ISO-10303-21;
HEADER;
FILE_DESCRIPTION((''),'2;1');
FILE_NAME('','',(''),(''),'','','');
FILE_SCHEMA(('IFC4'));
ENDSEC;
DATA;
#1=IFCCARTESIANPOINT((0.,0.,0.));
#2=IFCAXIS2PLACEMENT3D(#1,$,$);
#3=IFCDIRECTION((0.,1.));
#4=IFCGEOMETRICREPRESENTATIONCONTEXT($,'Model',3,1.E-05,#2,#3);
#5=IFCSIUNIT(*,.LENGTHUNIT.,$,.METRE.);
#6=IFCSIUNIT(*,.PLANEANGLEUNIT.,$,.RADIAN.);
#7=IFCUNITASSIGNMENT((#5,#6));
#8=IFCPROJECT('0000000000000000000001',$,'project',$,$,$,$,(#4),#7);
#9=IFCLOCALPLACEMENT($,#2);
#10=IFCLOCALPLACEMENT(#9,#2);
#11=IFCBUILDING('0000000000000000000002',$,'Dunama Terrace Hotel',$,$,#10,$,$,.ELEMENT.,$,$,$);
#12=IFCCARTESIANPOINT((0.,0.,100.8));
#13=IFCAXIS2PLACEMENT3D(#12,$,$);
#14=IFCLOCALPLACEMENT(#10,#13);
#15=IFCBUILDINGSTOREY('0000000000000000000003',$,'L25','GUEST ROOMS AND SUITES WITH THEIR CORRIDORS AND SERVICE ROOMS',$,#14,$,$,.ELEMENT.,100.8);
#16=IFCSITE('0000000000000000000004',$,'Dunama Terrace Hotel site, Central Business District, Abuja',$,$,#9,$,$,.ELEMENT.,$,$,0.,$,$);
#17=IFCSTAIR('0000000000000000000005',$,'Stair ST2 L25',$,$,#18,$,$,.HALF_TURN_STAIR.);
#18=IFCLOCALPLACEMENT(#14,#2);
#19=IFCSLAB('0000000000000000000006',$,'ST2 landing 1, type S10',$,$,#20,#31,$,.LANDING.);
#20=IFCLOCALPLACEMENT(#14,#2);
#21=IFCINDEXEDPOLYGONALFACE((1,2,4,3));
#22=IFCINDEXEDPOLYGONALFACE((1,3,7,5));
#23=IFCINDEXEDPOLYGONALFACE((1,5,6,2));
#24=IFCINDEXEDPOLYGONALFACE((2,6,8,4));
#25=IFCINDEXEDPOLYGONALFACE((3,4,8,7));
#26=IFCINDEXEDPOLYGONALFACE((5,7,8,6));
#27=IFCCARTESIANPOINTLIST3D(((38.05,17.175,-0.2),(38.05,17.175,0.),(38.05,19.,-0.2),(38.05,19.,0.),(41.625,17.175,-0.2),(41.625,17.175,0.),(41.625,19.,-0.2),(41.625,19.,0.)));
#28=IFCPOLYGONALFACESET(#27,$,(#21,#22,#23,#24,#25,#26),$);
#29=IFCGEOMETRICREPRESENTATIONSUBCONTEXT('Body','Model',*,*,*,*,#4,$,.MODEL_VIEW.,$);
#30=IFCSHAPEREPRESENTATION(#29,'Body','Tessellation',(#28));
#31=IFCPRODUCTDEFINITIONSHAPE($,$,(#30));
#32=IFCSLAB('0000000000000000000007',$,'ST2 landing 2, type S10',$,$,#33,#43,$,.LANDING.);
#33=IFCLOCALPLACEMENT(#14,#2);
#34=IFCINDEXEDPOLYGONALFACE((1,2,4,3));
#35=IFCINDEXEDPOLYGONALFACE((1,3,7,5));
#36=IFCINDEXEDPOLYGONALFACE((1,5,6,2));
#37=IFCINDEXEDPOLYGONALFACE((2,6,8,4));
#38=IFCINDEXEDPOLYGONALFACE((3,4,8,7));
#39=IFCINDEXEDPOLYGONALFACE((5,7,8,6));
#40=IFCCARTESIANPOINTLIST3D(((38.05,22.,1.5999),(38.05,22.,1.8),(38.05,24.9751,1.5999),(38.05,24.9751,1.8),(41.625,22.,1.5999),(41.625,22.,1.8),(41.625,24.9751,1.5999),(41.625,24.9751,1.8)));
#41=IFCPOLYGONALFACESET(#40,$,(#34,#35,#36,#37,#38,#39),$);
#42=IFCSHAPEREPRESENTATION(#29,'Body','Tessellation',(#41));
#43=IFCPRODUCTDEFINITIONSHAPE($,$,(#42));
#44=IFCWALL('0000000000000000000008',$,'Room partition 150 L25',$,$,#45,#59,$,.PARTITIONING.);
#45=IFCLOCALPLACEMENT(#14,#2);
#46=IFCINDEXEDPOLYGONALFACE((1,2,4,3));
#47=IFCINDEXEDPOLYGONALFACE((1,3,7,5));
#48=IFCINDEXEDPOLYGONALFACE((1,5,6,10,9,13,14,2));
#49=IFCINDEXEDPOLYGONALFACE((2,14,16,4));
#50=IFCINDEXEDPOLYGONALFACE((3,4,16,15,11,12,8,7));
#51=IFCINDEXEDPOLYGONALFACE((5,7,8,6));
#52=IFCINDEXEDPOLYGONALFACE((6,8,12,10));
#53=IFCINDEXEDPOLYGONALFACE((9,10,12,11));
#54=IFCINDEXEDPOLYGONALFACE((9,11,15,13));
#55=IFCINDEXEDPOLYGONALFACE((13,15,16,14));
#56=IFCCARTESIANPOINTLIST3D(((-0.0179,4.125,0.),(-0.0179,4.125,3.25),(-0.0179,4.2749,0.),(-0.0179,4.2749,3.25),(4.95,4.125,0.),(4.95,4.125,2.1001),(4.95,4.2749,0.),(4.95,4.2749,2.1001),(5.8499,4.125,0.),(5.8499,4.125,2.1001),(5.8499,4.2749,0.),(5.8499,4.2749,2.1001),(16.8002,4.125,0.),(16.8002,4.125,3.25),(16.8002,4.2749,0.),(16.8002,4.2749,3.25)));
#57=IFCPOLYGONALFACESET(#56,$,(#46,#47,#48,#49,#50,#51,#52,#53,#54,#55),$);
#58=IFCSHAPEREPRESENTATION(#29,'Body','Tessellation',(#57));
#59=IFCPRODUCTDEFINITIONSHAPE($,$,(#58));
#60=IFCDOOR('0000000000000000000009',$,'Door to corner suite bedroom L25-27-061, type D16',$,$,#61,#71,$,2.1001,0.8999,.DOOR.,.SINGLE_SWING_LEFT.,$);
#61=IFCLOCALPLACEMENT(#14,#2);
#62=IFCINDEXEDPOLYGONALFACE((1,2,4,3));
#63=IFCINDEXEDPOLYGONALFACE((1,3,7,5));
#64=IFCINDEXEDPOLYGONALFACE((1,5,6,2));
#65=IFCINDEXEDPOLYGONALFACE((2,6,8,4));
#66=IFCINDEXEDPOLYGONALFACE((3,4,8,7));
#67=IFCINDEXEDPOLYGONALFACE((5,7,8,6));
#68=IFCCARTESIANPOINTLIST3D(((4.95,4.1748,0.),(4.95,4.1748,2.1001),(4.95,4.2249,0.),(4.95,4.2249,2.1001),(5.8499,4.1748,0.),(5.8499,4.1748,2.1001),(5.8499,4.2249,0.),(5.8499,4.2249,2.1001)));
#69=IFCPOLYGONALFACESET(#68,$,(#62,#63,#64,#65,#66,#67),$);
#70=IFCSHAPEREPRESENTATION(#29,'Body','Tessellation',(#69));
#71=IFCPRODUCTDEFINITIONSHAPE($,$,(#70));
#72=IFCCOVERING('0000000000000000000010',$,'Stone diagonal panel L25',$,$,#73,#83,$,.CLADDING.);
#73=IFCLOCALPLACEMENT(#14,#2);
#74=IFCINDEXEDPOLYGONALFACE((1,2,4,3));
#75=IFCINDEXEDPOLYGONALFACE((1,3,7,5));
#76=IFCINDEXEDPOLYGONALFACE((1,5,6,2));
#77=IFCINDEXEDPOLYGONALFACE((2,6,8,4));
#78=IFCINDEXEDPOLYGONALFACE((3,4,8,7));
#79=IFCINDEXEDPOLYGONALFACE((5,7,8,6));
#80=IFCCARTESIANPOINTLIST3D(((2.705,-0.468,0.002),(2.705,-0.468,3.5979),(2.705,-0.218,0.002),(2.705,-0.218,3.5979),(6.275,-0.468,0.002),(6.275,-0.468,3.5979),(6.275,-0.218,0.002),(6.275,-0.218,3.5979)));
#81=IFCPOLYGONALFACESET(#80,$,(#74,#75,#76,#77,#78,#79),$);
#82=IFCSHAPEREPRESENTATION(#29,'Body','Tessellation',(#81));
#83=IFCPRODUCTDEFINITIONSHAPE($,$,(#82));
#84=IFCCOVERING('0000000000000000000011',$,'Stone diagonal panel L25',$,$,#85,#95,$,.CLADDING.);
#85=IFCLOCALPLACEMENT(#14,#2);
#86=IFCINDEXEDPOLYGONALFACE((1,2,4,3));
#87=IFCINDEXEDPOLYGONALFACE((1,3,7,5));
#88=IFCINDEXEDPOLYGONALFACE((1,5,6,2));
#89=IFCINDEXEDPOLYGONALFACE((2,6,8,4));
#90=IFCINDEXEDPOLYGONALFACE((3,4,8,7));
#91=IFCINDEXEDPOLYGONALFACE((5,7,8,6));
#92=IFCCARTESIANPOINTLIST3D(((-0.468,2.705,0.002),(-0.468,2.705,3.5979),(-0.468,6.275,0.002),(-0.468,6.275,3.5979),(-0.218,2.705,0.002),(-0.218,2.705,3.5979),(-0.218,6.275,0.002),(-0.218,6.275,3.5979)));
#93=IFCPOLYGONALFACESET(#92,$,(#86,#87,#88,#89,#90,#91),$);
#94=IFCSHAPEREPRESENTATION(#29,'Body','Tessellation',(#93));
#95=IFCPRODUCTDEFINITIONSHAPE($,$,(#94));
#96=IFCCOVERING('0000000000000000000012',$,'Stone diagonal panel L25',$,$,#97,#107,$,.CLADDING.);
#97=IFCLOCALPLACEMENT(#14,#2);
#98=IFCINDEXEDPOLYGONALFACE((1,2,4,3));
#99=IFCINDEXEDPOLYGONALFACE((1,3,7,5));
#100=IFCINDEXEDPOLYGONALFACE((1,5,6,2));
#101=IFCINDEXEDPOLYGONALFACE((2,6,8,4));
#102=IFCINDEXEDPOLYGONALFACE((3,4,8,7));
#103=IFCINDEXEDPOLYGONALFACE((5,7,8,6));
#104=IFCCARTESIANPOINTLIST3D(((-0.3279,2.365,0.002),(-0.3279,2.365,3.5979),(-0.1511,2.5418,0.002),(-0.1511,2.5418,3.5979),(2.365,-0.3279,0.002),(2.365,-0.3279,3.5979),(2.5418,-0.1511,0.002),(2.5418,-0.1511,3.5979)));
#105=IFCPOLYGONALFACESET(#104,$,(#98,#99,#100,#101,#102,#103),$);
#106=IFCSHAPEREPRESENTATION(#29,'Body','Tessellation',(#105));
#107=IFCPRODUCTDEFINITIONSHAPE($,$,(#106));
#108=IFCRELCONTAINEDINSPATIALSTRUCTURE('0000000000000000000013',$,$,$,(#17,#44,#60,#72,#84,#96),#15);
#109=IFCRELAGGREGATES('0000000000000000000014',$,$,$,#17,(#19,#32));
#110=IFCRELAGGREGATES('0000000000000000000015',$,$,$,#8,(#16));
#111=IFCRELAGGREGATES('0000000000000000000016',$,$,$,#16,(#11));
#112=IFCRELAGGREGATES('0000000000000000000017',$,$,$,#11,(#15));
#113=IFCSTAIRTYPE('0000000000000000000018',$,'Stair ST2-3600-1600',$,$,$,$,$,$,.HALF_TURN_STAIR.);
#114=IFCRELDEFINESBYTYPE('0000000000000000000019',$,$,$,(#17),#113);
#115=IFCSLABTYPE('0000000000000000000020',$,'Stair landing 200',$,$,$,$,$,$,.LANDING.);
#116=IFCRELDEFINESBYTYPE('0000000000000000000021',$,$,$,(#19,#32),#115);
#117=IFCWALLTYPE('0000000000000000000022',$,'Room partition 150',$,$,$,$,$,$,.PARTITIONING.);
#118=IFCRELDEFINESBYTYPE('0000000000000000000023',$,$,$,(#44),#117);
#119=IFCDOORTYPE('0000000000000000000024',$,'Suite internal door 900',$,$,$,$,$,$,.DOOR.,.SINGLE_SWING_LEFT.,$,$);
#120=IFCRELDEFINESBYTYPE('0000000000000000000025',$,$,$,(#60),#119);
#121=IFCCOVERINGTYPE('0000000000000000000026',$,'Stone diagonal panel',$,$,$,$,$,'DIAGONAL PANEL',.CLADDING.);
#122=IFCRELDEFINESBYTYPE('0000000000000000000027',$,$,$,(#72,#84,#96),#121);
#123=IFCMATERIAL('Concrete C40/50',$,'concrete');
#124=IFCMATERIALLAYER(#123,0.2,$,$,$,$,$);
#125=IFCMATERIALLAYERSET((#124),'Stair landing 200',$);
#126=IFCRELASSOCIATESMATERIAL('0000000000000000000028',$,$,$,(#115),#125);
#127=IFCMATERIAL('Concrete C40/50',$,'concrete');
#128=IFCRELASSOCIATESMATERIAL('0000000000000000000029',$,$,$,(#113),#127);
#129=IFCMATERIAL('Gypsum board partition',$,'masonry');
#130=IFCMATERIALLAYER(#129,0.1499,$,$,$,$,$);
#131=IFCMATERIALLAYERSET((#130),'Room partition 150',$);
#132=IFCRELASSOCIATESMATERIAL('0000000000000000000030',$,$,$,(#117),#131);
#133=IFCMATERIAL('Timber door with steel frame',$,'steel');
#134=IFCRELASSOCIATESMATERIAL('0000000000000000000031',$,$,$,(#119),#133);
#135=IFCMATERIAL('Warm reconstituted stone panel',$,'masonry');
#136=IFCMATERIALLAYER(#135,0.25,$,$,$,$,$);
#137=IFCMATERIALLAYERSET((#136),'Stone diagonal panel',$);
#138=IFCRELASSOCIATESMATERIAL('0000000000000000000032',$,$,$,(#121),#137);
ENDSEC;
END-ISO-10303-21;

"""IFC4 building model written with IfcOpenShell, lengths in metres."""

from ifc_helpers import new_model, si_unit, direction, frame, frame_2d, origin, origin_2d, place, context, subcontext, project, spatial, polyline, rectangle, outline, extrude, material, layer, layer_set, type_object, element, fill, aggregate, save


model = new_model("IFC4")

# Units and contexts
model_context = context("Model", 3, precision=1e-05, world=origin(), true_north=direction((0.0, 1.0)))
body_context = subcontext(model_context, "Body", "Model", "MODEL_VIEW")
ifc_project = project(units=[si_unit("LENGTHUNIT", "METRE"), si_unit("PLANEANGLEUNIT", "RADIAN")], contexts=[model_context])

# Site, building, storey
site_placement = place(None, origin())
site = spatial("IfcSite", under=ifc_project, at=site_placement, Name="Dunama Terrace Hotel site, Central Business District, Abuja", CompositionType="ELEMENT", RefElevation=0.0)
building_placement = place(site_placement, origin())
building = spatial("IfcBuilding", under=site, at=building_placement, Name="Dunama Terrace Hotel", CompositionType="ELEMENT")
storey_placement = place(building_placement, frame((0.0, 0.0, 100.8)))
storey = spatial("IfcBuildingStorey", under=building, at=storey_placement, Name="L25", Description="GUEST ROOMS AND SUITES WITH THEIR CORRIDORS AND SERVICE ROOMS", CompositionType="ELEMENT", Elevation=100.8)

# Stair, slabs
ifc_material_1 = material(Name="Concrete C40/50", Category="concrete")
ifc_layer_1 = layer(ifc_material_1, 0.2)
ifc_layer_set_1 = layer_set([ifc_layer_1], Name="Stair landing 200")
slab_type_1 = type_object("IfcSlabType", Name="Stair landing 200", PredefinedType="LANDING", material=ifc_layer_set_1)
ifc_material_2 = material(Name="Concrete C40/50", Category="concrete")
stair_type_1 = type_object("IfcStairType", Name="Stair ST2-3600-1600", PredefinedType="HALF_TURN_STAIR", material=ifc_material_2)
stair_1_placement = place(storey_placement, origin())
stair_1 = element("IfcStair", 1, at=stair_1_placement, inside=storey, type_object=stair_type_1, Name="Stair ST2 L25", PredefinedType="HALF_TURN_STAIR")
slab_1_placement = place(storey_placement, frame((0.0, 0.0, -0.2)))
slab_1 = element("IfcSlab", 2, at=slab_1_placement, type_object=slab_type_1, Name="ST2 landing 1, type S10", PredefinedType="LANDING", context=body_context, shape_type="SweptSolid", body=[
    extrude(outline(polyline([(38.05, 17.175), (41.625, 17.175), (41.625, 19.0), (38.05, 19.0), (38.05, 17.175)])), origin(), (0.0, 0.0, 1.0), 0.2),
])
slab_2_placement = place(storey_placement, frame((0.0, 0.0, 1.5999)))
slab_2 = element("IfcSlab", 3, at=slab_2_placement, type_object=slab_type_1, Name="ST2 landing 2, type S10", PredefinedType="LANDING", context=body_context, shape_type="SweptSolid", body=[
    extrude(outline(polyline([(38.05, 22.0), (41.625, 22.0), (41.625, 24.9751), (38.05, 24.9751), (38.05, 22.0)])), origin(), (0.0, 0.0, 1.0), 0.2002),
])
aggregate(stair_1, [slab_1, slab_2])

# Wall, opening, door
ifc_material_3 = material(Name="Gypsum board partition", Category="masonry")
ifc_layer_2 = layer(ifc_material_3, 0.1499)
ifc_layer_set_2 = layer_set([ifc_layer_2], Name="Room partition 150")
wall_type = type_object("IfcWallType", Name="Room partition 150", PredefinedType="PARTITIONING", material=ifc_layer_set_2)
wall_placement = place(storey_placement, frame((-0.0181, 4.2, 0.0), z_axis=(0.0, 0.0, 1.0), x_axis=(1.0, 0.0, 0.0)))
wall = element("IfcWall", 4, at=wall_placement, inside=storey, type_object=wall_type, Name="Room partition 150 L25", PredefinedType="PARTITIONING", context=body_context, shape_type="SweptSolid", body=[
    extrude(rectangle(XDim=16.8181, YDim=0.1499, at=frame_2d((8.4092, 0.0))), origin(), (0.0, 0.0, 1.0), 3.25),
])
opening_placement = place(wall_placement, frame((4.968, 0.0, 0.0)))
opening = element("IfcOpeningElement", 5, at=opening_placement, cuts=wall, PredefinedType="OPENING", context=body_context, shape_type="SweptSolid", body=[
    extrude(rectangle(XDim=0.8999, YDim=2.1001, at=frame_2d((0.45, 1.05))), frame((0.0, 0.085, 0.0), z_axis=(0.0, -1.0, 0.0), x_axis=(1.0, 0.0, 0.0)), (0.0, 0.0, 1.0), 0.1699),
])
ifc_material_4 = material(Name="Timber door with steel frame", Category="steel")
door_type = type_object("IfcDoorType", Name="Suite internal door 900", OperationType="SINGLE_SWING_LEFT", PredefinedType="DOOR", material=ifc_material_4)
door_placement = place(opening_placement, frame((0.8999, 0.0, 0.0), z_axis=(0.0, 0.0, 1.0), x_axis=(-1.0, 0.0, 0.0)))
door = element("IfcDoor", 6, at=door_placement, inside=storey, type_object=door_type, Name="Door to corner suite bedroom L25-27-061, type D16", OperationType="SINGLE_SWING_LEFT", OverallHeight=2.1001, OverallWidth=0.8999, PredefinedType="DOOR", context=body_context, shape_type="SweptSolid", body=[
    extrude(rectangle(XDim=0.8999, YDim=2.1001, at=frame_2d((0.45, 1.05))), frame((0.0, 0.0251, 0.0), z_axis=(0.0, -1.0, 0.0), x_axis=(1.0, 0.0, 0.0)), (0.0, 0.0, 1.0), 0.05),
])
fill(opening, door)

# Coverings
ifc_material_5 = material(Name="Warm reconstituted stone panel", Category="masonry")
ifc_layer_3 = layer(ifc_material_5, 0.25)
ifc_layer_set_3 = layer_set([ifc_layer_3], Name="Stone diagonal panel")
covering_type = type_object("IfcCoveringType", Name="Stone diagonal panel", ElementType="DIAGONAL PANEL", PredefinedType="CLADDING", material=ifc_layer_set_3)
for number, where, z_axis, x_axis, name in (
    (7, (4.49, -0.343, 0.002), (0.0, 0.0, 1.0), (1.0, 0.0, 0.0), "Stone diagonal panel L25"),
    (8, (-0.343, 4.49, 0.002), (0.0, 0.0, 1.0), (0.0, -1.0, 0.0), "Stone diagonal panel L25"),
):
    element("IfcCovering", number, at=place(storey_placement, frame(where, z_axis=z_axis, x_axis=x_axis)), inside=storey, type_object=covering_type, Name=name, PredefinedType="CLADDING", context=body_context, shape_type="SweptSolid", body=[
        extrude(rectangle(XDim=3.5701, YDim=0.25, at=origin_2d()), origin(), (0.0, 0.0, 1.0), 3.5959),
    ])
covering_placement = place(storey_placement, frame((1.1069, 1.1069, 0.002), z_axis=(0.0, 0.0, 1.0), x_axis=(0.707107, -0.707107, 0.0)))
element("IfcCovering", 9, at=covering_placement, inside=storey, type_object=covering_type, Name="Stone diagonal panel L25", PredefinedType="CLADDING", context=body_context, shape_type="SweptSolid", body=[
    extrude(rectangle(XDim=3.8083, YDim=0.25, at=origin_2d()), origin(), (0.0, 0.0, 1.0), 3.5959),
])

save(model, "model.ifc")
